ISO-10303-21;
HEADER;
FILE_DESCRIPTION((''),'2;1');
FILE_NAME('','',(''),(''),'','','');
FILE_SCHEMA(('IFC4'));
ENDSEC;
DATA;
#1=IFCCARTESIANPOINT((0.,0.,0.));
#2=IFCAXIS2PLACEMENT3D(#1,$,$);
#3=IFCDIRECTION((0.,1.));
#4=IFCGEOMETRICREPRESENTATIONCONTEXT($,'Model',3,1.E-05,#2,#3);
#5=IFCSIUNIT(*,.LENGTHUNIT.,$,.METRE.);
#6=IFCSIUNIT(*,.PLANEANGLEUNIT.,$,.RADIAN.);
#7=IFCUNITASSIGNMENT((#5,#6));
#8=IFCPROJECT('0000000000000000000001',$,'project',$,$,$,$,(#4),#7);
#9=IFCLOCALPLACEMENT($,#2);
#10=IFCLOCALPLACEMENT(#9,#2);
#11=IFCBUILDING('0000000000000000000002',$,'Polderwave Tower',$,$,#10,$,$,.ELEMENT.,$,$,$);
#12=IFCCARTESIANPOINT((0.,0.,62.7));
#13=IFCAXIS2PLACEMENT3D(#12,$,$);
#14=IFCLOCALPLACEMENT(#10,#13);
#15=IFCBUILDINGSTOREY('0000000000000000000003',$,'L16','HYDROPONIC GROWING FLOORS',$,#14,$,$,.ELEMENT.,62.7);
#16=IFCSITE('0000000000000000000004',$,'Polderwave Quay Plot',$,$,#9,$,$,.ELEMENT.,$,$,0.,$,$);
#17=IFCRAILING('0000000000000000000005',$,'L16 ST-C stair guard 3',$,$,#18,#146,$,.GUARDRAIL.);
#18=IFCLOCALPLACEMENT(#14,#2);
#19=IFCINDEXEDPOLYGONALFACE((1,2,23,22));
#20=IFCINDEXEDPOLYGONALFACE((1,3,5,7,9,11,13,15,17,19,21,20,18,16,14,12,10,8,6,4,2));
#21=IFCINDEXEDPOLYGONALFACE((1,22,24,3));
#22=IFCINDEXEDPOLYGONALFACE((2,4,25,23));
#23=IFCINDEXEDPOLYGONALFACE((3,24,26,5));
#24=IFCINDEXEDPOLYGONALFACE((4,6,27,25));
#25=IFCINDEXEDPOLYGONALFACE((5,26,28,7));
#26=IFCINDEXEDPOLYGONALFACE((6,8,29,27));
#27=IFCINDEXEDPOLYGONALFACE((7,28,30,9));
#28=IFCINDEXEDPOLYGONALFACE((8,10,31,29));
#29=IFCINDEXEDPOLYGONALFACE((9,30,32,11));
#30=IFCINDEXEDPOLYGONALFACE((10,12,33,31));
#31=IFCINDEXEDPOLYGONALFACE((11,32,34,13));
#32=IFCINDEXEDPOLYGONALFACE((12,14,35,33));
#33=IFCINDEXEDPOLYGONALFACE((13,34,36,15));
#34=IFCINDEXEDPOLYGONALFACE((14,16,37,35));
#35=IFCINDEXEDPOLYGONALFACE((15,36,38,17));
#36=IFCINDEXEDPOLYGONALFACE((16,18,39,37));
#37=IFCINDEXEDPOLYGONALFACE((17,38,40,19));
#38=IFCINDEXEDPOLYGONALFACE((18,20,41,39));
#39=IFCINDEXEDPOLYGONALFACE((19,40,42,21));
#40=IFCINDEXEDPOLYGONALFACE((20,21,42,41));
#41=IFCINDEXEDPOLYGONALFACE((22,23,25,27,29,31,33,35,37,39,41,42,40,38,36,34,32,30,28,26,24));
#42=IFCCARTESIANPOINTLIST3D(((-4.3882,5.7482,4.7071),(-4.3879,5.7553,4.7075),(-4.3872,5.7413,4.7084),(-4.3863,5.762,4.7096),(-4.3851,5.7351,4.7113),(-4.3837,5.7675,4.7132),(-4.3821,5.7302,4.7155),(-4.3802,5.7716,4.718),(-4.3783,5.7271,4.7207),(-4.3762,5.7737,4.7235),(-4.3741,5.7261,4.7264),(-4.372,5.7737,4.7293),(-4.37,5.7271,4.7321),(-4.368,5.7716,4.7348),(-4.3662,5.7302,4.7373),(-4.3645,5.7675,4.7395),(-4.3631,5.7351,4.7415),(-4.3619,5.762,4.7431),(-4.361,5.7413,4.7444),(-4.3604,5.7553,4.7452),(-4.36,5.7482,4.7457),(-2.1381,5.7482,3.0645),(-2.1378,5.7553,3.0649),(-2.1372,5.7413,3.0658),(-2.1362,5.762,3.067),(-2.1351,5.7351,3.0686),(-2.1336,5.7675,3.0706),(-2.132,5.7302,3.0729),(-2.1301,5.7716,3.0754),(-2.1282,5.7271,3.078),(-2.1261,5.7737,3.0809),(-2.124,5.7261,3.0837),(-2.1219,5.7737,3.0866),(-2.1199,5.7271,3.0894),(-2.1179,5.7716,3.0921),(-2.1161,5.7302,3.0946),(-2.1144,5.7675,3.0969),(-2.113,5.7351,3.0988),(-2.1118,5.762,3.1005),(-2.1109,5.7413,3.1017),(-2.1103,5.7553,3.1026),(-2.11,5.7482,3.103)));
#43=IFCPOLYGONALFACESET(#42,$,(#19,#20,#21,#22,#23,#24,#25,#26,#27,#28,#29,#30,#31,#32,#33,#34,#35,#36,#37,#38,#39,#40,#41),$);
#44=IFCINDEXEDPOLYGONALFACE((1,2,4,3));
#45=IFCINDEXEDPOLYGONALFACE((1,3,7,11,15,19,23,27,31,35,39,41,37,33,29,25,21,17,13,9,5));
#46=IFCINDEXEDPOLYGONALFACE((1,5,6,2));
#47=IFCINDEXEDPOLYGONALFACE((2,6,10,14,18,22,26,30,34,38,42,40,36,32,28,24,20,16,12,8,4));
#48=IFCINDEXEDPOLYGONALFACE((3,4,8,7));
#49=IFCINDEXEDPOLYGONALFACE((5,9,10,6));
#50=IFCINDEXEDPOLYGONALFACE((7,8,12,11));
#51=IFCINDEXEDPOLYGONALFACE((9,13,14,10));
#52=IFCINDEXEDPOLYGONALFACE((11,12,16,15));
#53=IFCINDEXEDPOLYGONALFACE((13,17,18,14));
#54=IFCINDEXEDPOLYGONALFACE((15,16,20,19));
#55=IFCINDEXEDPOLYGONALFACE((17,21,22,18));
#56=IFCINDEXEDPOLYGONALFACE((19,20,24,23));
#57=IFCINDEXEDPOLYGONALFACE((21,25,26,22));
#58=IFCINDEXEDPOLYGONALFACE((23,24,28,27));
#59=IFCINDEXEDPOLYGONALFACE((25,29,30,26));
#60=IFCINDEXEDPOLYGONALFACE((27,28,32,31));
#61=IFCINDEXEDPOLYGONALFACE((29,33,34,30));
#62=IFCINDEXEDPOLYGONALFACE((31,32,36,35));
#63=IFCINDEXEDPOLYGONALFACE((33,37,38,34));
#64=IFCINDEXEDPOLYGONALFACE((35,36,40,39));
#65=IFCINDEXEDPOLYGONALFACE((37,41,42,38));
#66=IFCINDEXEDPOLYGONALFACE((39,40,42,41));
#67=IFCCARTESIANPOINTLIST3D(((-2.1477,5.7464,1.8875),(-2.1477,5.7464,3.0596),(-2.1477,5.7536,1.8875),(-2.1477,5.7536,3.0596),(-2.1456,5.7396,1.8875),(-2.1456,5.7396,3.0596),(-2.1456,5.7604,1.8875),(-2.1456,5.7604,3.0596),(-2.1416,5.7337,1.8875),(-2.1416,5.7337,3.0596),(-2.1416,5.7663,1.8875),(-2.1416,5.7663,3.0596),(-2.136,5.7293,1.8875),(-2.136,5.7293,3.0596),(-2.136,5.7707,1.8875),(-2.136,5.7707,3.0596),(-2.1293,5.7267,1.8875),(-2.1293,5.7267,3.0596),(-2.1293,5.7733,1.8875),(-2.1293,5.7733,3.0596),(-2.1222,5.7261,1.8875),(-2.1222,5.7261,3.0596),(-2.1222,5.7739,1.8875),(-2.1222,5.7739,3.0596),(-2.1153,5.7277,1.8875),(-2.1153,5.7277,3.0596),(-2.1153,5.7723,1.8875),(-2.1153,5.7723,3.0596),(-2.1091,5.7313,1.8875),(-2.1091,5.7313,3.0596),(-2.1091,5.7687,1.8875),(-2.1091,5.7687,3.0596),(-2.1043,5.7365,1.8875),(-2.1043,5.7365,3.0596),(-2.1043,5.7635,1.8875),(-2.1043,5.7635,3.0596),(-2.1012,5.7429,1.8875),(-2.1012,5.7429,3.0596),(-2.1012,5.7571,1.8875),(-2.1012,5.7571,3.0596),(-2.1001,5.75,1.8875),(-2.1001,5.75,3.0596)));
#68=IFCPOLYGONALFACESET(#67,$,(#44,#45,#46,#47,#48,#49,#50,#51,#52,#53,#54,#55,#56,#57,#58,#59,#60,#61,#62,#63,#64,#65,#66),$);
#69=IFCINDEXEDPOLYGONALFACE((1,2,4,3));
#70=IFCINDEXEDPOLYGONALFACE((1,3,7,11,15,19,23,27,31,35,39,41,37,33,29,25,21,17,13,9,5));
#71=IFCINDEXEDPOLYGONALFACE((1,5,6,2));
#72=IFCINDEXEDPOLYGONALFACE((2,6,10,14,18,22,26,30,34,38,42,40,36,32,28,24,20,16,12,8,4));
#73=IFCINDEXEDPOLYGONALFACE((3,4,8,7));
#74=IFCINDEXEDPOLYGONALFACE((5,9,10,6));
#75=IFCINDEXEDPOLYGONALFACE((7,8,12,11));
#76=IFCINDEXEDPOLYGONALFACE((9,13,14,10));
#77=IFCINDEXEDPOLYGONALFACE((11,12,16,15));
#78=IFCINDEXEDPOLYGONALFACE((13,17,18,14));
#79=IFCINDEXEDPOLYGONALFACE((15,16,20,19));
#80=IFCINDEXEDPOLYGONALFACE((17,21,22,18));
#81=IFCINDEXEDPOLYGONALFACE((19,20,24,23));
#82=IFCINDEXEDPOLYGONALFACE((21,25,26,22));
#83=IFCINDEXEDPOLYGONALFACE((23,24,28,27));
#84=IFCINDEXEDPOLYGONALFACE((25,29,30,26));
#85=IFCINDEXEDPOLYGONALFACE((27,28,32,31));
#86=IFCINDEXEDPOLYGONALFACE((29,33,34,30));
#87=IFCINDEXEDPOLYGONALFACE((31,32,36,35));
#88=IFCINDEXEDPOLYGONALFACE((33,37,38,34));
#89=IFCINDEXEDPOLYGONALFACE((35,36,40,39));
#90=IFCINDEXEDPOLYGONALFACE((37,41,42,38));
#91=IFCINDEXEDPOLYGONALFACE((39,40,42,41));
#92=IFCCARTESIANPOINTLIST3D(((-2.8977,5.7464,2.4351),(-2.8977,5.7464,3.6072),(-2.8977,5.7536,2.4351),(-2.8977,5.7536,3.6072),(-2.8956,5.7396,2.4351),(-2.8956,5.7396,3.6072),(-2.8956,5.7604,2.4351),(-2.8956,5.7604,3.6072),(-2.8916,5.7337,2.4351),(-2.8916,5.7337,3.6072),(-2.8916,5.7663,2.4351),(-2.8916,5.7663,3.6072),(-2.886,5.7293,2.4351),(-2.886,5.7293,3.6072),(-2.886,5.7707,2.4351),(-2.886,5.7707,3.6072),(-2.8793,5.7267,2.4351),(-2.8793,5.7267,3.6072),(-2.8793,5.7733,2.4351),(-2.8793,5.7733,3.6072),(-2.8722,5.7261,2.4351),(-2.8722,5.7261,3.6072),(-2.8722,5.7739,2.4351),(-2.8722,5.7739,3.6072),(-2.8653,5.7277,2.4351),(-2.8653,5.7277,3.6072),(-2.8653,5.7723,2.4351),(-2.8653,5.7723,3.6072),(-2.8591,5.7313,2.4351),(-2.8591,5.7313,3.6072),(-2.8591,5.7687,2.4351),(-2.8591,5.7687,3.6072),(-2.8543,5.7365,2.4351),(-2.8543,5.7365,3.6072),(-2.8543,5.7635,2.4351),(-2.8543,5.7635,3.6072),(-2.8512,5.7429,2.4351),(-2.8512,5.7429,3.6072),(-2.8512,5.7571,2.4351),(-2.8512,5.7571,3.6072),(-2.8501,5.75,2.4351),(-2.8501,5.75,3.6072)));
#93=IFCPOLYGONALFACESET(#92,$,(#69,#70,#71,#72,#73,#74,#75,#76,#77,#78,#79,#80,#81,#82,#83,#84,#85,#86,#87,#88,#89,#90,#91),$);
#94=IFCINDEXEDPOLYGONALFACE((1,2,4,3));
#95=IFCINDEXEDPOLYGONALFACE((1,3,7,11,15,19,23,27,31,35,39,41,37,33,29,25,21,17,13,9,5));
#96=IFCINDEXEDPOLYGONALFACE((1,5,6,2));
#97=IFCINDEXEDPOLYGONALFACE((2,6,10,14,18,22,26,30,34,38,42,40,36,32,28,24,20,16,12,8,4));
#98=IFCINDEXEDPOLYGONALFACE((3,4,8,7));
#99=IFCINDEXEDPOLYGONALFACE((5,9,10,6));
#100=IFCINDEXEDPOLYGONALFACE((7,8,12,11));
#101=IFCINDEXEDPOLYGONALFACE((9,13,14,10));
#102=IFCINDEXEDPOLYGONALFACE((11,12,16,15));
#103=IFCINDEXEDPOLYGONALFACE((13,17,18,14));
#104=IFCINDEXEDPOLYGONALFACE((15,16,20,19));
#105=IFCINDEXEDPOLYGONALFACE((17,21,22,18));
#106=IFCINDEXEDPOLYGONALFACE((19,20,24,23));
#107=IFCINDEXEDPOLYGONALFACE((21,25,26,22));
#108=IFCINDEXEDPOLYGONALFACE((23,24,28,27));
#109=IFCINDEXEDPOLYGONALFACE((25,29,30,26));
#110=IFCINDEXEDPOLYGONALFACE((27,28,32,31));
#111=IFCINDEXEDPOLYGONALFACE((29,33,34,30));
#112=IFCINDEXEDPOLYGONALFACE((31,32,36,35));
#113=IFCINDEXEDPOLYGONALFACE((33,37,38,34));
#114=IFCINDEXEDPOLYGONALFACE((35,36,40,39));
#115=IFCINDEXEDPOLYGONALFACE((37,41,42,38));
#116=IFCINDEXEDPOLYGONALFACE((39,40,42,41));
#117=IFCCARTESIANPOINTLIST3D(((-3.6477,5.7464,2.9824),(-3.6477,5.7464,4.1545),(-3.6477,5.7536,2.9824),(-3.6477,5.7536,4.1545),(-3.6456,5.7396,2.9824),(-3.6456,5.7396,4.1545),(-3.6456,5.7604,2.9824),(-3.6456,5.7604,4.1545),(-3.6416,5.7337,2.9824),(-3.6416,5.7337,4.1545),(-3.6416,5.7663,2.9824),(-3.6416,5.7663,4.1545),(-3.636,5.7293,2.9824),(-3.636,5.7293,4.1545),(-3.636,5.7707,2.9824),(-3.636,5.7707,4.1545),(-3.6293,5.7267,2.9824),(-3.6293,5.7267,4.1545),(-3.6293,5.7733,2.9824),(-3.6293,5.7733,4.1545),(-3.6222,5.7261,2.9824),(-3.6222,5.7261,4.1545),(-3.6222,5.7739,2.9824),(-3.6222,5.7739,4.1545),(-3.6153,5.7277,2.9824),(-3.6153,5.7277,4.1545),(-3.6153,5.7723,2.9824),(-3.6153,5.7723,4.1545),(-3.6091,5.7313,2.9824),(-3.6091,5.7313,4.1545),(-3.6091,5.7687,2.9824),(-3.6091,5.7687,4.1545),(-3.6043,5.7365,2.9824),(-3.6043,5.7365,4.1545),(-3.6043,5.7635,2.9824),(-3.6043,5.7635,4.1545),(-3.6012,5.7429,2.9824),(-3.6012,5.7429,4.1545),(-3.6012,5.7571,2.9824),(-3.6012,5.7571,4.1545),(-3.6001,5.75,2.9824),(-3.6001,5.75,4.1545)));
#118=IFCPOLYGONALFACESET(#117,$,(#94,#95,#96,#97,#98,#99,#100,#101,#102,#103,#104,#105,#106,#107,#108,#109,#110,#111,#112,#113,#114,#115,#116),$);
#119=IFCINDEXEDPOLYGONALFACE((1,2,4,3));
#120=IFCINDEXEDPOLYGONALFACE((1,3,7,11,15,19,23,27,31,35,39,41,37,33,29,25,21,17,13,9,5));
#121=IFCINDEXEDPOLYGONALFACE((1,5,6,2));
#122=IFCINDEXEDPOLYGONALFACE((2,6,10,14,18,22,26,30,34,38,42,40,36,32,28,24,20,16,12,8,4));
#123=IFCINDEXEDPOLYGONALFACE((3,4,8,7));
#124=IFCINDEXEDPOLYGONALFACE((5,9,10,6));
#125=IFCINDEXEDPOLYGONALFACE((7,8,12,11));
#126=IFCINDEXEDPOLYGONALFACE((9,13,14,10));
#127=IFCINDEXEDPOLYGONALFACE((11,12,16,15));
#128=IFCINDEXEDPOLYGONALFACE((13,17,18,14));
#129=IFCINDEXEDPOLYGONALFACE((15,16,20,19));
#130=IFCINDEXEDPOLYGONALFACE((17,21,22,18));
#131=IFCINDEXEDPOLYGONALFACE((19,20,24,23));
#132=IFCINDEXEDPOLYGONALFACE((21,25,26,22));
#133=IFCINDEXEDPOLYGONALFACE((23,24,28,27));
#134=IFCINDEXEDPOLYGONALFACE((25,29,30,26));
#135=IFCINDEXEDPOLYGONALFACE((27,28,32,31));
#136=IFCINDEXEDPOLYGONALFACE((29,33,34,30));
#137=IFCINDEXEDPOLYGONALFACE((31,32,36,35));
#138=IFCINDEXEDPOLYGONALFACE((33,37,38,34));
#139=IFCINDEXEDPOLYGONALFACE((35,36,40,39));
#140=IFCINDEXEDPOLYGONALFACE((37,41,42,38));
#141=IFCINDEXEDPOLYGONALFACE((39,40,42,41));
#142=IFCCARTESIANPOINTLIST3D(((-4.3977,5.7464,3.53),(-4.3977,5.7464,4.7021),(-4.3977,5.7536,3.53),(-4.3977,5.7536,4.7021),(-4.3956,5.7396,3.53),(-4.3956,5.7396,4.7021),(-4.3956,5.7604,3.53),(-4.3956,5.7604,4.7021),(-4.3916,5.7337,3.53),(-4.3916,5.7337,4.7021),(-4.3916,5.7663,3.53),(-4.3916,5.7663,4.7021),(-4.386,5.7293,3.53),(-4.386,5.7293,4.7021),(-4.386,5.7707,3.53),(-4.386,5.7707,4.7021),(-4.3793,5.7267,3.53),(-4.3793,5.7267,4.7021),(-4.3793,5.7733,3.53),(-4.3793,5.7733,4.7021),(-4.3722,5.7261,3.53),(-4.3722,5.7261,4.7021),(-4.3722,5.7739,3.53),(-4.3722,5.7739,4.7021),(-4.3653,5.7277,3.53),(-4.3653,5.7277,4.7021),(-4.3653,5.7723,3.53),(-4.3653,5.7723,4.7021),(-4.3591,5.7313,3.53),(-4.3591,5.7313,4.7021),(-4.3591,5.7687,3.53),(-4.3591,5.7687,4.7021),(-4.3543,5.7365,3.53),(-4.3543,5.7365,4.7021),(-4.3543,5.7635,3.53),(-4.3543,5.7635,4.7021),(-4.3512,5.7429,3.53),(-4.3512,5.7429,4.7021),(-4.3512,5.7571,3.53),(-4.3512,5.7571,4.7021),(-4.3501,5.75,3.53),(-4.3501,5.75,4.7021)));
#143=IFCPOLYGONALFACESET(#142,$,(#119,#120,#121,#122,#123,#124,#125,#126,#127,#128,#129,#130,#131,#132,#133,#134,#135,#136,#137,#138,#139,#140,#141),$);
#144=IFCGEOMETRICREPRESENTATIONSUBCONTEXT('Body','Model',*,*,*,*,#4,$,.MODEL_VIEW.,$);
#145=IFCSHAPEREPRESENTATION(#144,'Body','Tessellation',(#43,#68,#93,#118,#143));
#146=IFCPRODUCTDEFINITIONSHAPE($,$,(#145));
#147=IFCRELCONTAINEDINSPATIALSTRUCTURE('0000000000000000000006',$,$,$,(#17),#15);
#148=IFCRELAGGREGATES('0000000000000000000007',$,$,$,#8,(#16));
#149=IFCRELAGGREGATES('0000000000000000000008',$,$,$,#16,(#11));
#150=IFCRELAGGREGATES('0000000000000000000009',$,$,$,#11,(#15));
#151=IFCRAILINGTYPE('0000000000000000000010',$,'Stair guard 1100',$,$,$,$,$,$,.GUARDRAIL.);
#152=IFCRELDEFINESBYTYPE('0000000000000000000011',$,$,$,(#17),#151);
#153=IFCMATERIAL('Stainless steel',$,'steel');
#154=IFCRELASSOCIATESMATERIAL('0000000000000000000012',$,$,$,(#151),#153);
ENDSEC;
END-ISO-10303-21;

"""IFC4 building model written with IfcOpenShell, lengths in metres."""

from ifc_helpers import new_model, si_unit, direction, frame, origin, origin_2d, place, context, subcontext, project, spatial, circle, extrude, material, type_object, element, save


model = new_model("IFC4")

# Units and contexts
model_context = context("Model", 3, precision=1e-05, world=origin(), true_north=direction((0.0, 1.0)))
body_context = subcontext(model_context, "Body", "Model", "MODEL_VIEW")
ifc_project = project(units=[si_unit("LENGTHUNIT", "METRE"), si_unit("PLANEANGLEUNIT", "RADIAN")], contexts=[model_context])

# Site, building, storey
site_placement = place(None, origin())
site = spatial("IfcSite", under=ifc_project, at=site_placement, Name="Polderwave Quay Plot", CompositionType="ELEMENT", RefElevation=0.0)
building_placement = place(site_placement, origin())
building = spatial("IfcBuilding", under=site, at=building_placement, Name="Polderwave Tower", CompositionType="ELEMENT")
storey_placement = place(building_placement, frame((0.0, 0.0, 62.7)))
storey = spatial("IfcBuildingStorey", under=building, at=storey_placement, Name="L16", Description="HYDROPONIC GROWING FLOORS", CompositionType="ELEMENT", Elevation=62.7)

# Railing
ifc_material_1 = material(Name="Stainless steel", Category="steel")
railing_type_1 = type_object("IfcRailingType", Name="Stair guard 1100", PredefinedType="GUARDRAIL", material=ifc_material_1)
railing_1_placement = place(storey_placement, frame((-2.124, 5.75, 1.8875)))
element("IfcRailing", 1, at=railing_1_placement, inside=storey, type_object=railing_type_1, Name="L16 ST-C stair guard 3", PredefinedType="GUARDRAIL", context=body_context, shape_type="SweptSolid", body=[
    extrude(circle(Radius=0.0239, at=origin_2d()), frame((0.0, 0.0, 1.1963), z_axis=(-0.807674, 0.0, 0.58963), x_axis=(0.0, -1.0, 0.0)), (0.0, 0.0, 1.0), 2.7859),
    extrude(circle(Radius=0.0239, at=origin_2d()), origin(), (0.0, 0.0, 1.0), 1.1721),
    extrude(circle(Radius=0.0239, at=origin_2d()), frame((-0.75, 0.0, 0.5476)), (0.0, 0.0, 1.0), 1.1721),
    extrude(circle(Radius=0.0239, at=origin_2d()), frame((-1.5, 0.0, 1.095)), (0.0, 0.0, 1.0), 1.1721),
    extrude(circle(Radius=0.0239, at=origin_2d()), frame((-2.25, 0.0, 1.6426)), (0.0, 0.0, 1.0), 1.1721),
])

save(model, "model.ifc")
